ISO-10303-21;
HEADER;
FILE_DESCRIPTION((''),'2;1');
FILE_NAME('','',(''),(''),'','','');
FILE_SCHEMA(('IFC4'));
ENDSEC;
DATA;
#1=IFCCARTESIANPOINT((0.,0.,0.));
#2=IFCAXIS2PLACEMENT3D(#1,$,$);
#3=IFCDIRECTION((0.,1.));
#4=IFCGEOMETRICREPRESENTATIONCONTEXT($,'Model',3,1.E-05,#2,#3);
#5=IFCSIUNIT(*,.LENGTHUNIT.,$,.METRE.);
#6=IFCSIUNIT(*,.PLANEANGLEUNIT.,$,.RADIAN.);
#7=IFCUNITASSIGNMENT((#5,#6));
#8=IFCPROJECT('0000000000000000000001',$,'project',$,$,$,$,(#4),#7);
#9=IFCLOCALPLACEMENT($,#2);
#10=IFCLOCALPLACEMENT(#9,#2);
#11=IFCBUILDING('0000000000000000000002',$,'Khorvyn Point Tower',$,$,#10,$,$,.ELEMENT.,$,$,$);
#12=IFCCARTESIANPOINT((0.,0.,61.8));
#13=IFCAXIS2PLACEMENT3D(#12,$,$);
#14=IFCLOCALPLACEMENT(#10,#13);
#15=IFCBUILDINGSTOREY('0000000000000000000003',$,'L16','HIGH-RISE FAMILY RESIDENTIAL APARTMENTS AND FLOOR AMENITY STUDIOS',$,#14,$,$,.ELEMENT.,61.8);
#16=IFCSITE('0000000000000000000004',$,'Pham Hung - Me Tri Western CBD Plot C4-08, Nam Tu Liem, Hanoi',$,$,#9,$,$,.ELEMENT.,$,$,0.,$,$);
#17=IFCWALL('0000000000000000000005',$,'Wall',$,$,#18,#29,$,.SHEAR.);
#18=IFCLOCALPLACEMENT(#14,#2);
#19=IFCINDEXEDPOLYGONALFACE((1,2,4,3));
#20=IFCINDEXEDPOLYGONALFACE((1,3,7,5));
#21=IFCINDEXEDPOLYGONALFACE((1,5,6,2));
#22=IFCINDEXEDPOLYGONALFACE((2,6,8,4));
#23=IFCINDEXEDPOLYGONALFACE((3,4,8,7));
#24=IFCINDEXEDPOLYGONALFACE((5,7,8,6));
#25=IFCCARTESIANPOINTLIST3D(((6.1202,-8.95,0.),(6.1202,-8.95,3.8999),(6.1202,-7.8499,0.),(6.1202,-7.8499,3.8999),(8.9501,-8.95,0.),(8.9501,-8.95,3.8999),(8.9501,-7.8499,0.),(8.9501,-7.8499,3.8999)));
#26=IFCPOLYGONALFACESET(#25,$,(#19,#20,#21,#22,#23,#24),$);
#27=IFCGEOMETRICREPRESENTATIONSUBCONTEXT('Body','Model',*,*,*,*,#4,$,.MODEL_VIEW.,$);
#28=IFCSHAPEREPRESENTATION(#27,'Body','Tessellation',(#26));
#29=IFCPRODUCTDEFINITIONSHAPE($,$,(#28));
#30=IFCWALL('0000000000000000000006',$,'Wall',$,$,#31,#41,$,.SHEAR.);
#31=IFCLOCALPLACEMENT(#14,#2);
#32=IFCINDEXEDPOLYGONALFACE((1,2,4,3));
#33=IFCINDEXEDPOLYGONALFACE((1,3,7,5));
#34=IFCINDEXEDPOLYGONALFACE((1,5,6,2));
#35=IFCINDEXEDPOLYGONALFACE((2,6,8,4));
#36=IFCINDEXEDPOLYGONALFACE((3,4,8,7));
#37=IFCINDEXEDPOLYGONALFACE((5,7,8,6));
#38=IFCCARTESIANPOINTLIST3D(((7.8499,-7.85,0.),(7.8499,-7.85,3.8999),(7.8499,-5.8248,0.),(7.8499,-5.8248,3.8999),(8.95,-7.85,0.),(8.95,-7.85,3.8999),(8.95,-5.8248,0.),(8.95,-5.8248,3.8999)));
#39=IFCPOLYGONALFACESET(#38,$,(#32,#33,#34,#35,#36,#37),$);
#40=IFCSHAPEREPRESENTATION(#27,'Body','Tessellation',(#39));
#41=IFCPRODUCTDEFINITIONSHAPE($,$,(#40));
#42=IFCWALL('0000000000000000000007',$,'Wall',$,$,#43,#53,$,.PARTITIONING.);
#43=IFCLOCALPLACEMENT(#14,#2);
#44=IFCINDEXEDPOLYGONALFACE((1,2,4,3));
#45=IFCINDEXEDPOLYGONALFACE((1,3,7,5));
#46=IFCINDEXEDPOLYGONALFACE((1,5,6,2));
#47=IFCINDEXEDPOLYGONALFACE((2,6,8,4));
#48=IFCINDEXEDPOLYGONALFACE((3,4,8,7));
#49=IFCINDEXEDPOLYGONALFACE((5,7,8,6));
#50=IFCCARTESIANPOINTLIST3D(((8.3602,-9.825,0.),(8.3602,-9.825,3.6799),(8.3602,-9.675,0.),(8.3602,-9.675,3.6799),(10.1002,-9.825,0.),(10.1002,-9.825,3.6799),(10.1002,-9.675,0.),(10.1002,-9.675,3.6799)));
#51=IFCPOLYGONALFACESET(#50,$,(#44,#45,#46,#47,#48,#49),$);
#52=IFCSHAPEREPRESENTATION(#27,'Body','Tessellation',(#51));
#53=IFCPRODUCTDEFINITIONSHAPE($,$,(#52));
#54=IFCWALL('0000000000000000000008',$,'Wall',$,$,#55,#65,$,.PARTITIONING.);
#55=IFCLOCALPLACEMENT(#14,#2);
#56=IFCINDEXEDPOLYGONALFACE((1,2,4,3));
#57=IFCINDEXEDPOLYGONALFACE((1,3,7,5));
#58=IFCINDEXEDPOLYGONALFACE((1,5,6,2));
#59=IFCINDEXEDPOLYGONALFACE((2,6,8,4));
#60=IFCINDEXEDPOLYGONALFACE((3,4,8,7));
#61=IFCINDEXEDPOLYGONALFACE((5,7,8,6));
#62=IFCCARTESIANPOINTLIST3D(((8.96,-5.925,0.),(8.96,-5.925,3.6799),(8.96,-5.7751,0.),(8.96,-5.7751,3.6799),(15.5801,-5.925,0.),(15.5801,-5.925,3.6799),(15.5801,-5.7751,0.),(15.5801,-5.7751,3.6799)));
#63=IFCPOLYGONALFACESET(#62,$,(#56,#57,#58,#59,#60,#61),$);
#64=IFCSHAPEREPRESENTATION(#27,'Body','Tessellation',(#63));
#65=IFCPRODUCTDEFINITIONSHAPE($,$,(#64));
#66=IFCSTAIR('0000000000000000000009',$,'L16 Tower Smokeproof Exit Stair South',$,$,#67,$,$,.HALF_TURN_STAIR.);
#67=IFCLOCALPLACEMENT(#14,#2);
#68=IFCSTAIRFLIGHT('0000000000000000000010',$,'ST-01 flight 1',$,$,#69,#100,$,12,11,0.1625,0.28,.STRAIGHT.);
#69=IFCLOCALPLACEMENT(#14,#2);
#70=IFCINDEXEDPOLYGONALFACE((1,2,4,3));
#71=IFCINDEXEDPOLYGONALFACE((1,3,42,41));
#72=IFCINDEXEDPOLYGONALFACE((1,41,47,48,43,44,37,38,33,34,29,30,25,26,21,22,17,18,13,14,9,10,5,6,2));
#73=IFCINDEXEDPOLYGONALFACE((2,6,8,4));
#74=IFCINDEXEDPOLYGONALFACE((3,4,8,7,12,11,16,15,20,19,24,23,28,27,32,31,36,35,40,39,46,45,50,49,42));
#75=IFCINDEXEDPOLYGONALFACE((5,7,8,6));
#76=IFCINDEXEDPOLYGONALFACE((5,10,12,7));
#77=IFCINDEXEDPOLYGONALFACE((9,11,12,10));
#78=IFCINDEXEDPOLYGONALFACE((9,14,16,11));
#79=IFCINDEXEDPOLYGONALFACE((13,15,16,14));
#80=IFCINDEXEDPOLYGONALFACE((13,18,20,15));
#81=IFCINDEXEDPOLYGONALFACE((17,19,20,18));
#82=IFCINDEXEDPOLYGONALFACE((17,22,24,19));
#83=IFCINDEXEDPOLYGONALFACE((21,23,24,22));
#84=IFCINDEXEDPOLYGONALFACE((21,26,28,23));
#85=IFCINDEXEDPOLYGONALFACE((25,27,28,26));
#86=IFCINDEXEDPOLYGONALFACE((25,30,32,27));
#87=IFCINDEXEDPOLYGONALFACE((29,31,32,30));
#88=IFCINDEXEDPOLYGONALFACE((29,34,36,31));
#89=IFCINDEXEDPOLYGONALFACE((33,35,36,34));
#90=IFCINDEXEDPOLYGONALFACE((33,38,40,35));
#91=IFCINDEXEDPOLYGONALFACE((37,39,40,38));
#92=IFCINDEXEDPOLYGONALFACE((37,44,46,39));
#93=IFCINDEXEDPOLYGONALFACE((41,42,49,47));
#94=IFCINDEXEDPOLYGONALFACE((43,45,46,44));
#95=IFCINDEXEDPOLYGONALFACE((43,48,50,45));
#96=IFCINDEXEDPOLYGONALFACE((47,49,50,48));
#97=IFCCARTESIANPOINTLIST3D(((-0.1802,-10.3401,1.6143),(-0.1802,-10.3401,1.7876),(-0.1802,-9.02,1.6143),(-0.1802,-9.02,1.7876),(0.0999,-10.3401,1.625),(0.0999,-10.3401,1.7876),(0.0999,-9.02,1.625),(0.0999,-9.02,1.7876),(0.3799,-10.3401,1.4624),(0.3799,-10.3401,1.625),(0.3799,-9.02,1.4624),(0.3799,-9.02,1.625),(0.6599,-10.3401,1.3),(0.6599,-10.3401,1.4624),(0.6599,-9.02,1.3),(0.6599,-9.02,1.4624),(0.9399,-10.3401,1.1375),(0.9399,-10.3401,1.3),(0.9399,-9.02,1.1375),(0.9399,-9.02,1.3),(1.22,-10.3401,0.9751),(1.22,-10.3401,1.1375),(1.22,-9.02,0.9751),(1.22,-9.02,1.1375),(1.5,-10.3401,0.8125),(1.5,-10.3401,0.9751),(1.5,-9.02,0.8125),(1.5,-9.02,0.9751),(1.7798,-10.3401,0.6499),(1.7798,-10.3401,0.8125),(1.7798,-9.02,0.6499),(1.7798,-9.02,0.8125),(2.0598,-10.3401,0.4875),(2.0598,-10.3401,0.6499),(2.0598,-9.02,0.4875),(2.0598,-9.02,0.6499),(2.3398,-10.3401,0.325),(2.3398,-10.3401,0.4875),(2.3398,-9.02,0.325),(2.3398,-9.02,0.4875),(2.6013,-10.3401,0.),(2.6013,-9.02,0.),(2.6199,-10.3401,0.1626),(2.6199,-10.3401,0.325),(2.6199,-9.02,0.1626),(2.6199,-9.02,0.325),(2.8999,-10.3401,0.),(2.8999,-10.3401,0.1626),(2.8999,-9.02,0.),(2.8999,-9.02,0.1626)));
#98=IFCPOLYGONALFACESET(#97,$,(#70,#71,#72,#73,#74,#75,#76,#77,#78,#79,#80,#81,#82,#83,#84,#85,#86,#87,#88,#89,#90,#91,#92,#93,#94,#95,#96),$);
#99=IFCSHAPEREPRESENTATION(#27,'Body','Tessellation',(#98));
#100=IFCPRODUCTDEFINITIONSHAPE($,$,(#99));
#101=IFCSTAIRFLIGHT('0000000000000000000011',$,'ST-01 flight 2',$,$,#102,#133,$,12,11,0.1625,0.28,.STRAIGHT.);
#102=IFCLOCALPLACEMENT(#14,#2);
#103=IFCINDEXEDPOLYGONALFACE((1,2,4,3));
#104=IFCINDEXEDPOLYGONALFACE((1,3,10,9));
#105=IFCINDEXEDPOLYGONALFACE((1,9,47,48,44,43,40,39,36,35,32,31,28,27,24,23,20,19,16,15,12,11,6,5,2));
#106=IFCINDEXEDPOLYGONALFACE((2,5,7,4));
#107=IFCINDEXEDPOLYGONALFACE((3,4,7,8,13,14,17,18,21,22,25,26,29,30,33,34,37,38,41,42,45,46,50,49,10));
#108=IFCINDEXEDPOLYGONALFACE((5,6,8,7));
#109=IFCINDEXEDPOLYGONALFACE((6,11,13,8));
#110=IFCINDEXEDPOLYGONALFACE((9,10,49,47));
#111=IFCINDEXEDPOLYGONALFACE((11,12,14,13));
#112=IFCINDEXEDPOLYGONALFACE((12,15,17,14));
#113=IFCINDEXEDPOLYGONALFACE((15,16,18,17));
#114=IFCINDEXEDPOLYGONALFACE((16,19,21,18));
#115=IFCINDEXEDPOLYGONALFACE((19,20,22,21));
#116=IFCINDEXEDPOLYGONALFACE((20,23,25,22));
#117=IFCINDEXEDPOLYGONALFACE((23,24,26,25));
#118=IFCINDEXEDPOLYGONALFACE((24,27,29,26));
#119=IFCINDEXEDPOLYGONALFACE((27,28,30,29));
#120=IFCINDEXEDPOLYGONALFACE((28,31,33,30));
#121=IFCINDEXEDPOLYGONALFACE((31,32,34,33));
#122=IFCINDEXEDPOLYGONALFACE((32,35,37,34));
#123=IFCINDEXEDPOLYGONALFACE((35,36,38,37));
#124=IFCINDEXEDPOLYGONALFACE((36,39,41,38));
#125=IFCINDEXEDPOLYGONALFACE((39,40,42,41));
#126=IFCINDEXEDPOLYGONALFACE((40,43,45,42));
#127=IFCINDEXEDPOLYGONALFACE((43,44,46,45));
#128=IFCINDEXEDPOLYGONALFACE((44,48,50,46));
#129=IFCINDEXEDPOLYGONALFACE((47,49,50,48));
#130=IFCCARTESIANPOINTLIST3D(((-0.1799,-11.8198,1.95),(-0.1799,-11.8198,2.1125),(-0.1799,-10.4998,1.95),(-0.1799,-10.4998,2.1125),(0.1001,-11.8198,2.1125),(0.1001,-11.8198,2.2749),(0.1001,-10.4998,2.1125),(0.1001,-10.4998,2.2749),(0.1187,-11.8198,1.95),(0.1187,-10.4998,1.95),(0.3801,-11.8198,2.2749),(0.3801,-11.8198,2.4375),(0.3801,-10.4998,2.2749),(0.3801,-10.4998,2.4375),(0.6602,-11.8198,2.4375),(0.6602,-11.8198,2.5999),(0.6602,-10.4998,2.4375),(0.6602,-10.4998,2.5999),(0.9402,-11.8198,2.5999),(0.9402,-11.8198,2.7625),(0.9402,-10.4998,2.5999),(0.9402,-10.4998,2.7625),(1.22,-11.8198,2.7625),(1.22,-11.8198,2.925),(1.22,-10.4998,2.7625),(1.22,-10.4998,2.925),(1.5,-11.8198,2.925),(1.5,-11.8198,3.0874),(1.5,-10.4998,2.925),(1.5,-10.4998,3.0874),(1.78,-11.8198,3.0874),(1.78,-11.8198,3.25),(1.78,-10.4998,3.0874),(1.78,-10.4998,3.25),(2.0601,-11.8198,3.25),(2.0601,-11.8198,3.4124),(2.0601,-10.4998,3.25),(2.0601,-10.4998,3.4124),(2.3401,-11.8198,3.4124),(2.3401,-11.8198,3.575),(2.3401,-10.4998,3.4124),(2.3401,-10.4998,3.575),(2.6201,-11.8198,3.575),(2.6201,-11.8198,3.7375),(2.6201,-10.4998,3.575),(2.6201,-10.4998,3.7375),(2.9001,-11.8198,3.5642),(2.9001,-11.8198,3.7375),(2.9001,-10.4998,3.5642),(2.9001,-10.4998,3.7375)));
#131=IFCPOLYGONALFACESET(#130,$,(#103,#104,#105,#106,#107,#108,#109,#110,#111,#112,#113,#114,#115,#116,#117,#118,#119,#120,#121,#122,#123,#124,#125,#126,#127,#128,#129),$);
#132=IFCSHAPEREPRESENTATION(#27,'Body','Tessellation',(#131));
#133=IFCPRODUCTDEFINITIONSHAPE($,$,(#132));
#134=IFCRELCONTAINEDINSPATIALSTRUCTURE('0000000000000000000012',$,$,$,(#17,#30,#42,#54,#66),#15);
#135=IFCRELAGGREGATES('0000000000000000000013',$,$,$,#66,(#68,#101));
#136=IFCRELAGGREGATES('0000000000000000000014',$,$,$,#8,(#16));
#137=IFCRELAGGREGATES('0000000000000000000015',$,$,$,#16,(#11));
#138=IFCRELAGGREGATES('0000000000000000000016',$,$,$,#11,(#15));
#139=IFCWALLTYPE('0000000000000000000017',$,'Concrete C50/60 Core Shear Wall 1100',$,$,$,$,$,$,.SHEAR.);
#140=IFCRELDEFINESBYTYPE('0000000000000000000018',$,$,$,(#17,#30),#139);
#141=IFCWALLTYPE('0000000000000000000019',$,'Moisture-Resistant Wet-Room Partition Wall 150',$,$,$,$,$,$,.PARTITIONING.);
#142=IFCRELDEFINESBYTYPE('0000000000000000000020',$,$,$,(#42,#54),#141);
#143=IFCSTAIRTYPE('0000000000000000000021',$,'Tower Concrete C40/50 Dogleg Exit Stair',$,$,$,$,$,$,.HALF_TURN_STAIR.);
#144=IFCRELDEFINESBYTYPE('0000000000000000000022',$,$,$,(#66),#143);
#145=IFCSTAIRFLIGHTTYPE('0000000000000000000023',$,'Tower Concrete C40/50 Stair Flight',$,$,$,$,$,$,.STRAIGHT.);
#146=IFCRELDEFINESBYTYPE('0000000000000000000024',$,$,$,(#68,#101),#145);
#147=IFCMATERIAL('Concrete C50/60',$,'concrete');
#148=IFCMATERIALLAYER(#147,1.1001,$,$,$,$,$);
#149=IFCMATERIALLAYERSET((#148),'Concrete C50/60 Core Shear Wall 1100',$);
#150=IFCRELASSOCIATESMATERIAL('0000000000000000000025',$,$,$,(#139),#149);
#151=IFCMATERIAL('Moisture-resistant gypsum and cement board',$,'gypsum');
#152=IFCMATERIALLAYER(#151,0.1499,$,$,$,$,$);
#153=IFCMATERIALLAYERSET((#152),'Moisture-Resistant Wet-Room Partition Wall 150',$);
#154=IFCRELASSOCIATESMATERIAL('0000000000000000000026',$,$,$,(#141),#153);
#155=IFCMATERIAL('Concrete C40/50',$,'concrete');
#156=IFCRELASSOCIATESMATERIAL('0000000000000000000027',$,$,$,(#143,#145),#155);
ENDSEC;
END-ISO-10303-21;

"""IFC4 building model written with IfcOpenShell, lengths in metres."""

from ifc_helpers import new_model, si_unit, direction, frame, frame_2d, origin, place, context, subcontext, project, spatial, polyline, rectangle, outline, extrude, material, layer, layer_set, type_object, element, aggregate, save


model = new_model("IFC4")

# Units and contexts
model_context = context("Model", 3, precision=1e-05, world=origin(), true_north=direction((0.0, 1.0)))
body_context = subcontext(model_context, "Body", "Model", "MODEL_VIEW")
ifc_project = project(units=[si_unit("LENGTHUNIT", "METRE"), si_unit("PLANEANGLEUNIT", "RADIAN")], contexts=[model_context])

# Site, building, storey
site_placement = place(None, origin())
site = spatial("IfcSite", under=ifc_project, at=site_placement, Name="Pham Hung - Me Tri Western CBD Plot C4-08, Nam Tu Liem, Hanoi", CompositionType="ELEMENT", RefElevation=0.0)
building_placement = place(site_placement, origin())
building = spatial("IfcBuilding", under=site, at=building_placement, Name="Khorvyn Point Tower", CompositionType="ELEMENT")
storey_placement = place(building_placement, frame((0.0, 0.0, 61.8)))
storey = spatial("IfcBuildingStorey", under=building, at=storey_placement, Name="L16", Description="HIGH-RISE FAMILY RESIDENTIAL APARTMENTS AND FLOOR AMENITY STUDIOS", CompositionType="ELEMENT", Elevation=61.8)

# Shared definitions
ifc_material_1 = material(Name="Concrete C50/60", Category="concrete")

# Shared definitions
ifc_material_2 = material(Name="Concrete C40/50", Category="concrete")

# Walls
ifc_layer_1 = layer(ifc_material_1, 1.1001)
ifc_layer_set_1 = layer_set([ifc_layer_1], Name="Concrete C50/60 Core Shear Wall 1100")
wall_type_1 = type_object("IfcWallType", Name="Concrete C50/60 Core Shear Wall 1100", PredefinedType="SHEAR", material=ifc_layer_set_1)
wall_1_placement = place(storey_placement, frame((6.1201, -8.3999, 0.0), z_axis=(0.0, 0.0, 1.0), x_axis=(1.0, 0.0, 0.0)))
element("IfcWall", 1, at=wall_1_placement, inside=storey, type_object=wall_type_1, Name="Wall", PredefinedType="SHEAR", context=body_context, shape_type="SweptSolid", body=[
    extrude(rectangle(XDim=2.8298, YDim=1.1001, at=frame_2d((1.415, 0.0))), origin(), (0.0, 0.0, 1.0), 3.8999),
])
wall_2_placement = place(storey_placement, frame((8.3999, -7.8501, 0.0), z_axis=(0.0, 0.0, 1.0), x_axis=(0.0, 1.0, 0.0)))
element("IfcWall", 2, at=wall_2_placement, inside=storey, type_object=wall_type_1, Name="Wall", PredefinedType="SHEAR", context=body_context, shape_type="SweptSolid", body=[
    extrude(rectangle(XDim=2.0251, YDim=1.1001, at=frame_2d((1.0127, 0.0))), origin(), (0.0, 0.0, 1.0), 3.8999),
])
ifc_material_3 = material(Name="Moisture-resistant gypsum and cement board", Category="gypsum")
ifc_layer_2 = layer(ifc_material_3, 0.1499)
ifc_layer_set_2 = layer_set([ifc_layer_2], Name="Moisture-Resistant Wet-Room Partition Wall 150")
wall_type_2 = type_object("IfcWallType", Name="Moisture-Resistant Wet-Room Partition Wall 150", PredefinedType="PARTITIONING", material=ifc_layer_set_2)
wall_3_placement = place(storey_placement, frame((8.3601, -9.75, 0.0), z_axis=(0.0, 0.0, 1.0), x_axis=(1.0, 0.0, 0.0)))
element("IfcWall", 3, at=wall_3_placement, inside=storey, type_object=wall_type_2, Name="Wall", PredefinedType="PARTITIONING", context=body_context, shape_type="SweptSolid", body=[
    extrude(rectangle(XDim=1.74, YDim=0.1499, at=frame_2d((0.8701, 0.0))), origin(), (0.0, 0.0, 1.0), 3.6799),
])
wall_4_placement = place(storey_placement, frame((8.96, -5.8501, 0.0), z_axis=(0.0, 0.0, 1.0), x_axis=(1.0, 0.0, 0.0)))
element("IfcWall", 4, at=wall_4_placement, inside=storey, type_object=wall_type_2, Name="Wall", PredefinedType="PARTITIONING", context=body_context, shape_type="SweptSolid", body=[
    extrude(rectangle(XDim=6.6201, YDim=0.1499, at=frame_2d((3.3101, 0.0))), origin(), (0.0, 0.0, 1.0), 3.6799),
])

# Stair, stair flights
stair_type = type_object("IfcStairType", Name="Tower Concrete C40/50 Dogleg Exit Stair", PredefinedType="HALF_TURN_STAIR", material=ifc_material_2)
stair_placement = place(storey_placement, origin())
stair = element("IfcStair", 5, at=stair_placement, inside=storey, type_object=stair_type, Name="L16 Tower Smokeproof Exit Stair South", PredefinedType="HALF_TURN_STAIR")
stair_flight_type = type_object("IfcStairFlightType", Name="Tower Concrete C40/50 Stair Flight", PredefinedType="STRAIGHT", material=ifc_material_2)
stair_flight_1_placement = place(storey_placement, frame((2.8999, -9.6799, 0.0), z_axis=(0.0, 0.0, 1.0), x_axis=(-1.0, 0.0, 0.0)))
stair_flight_1 = element("IfcStairFlight", 6, at=stair_flight_1_placement, type_object=stair_flight_type, Name="ST-01 flight 1", NumberOfRisers=12, NumberOfTreads=11, PredefinedType="STRAIGHT", RiserHeight=0.1625, TreadLength=0.28, context=body_context, shape_type="SweptSolid", body=[
    extrude(outline(polyline([(0.0, 0.0), (0.0, 0.1626), (0.28, 0.1626), (0.28, 0.325), (0.5601, 0.325), (0.5601, 0.4875), (0.8401, 0.4875), (0.8401, 0.6499), (1.1201, 0.6499), (1.1201, 0.8125), (1.3999, 0.8125), (1.3999, 0.9751), (1.6799, 0.9751), (1.6799, 1.1375), (1.96, 1.1375), (1.96, 1.3), (2.24, 1.3), (2.24, 1.4624), (2.52, 1.4624), (2.52, 1.625), (2.8, 1.625), (2.8, 1.7876), (3.0801, 1.7876), (3.0801, 1.95), (3.0801, 1.6143), (0.2986, 0.0), (0.0, 0.0)])), frame((0.0, 0.6602, 0.0), z_axis=(0.0, -1.0, 0.0), x_axis=(1.0, 0.0, 0.0)), (0.0, 0.0, 1.0), 1.3201),
])
stair_flight_2_placement = place(storey_placement, frame((-0.1799, -11.1599, 1.95), z_axis=(0.0, 0.0, 1.0), x_axis=(1.0, 0.0, 0.0)))
stair_flight_2 = element("IfcStairFlight", 7, at=stair_flight_2_placement, type_object=stair_flight_type, Name="ST-01 flight 2", NumberOfRisers=12, NumberOfTreads=11, PredefinedType="STRAIGHT", RiserHeight=0.1625, TreadLength=0.28, context=body_context, shape_type="SweptSolid", body=[
    extrude(outline(polyline([(0.0, 0.0), (0.0, 0.1626), (0.28, 0.1626), (0.28, 0.325), (0.5601, 0.325), (0.5601, 0.4875), (0.8401, 0.4875), (0.8401, 0.6499), (1.1201, 0.6499), (1.1201, 0.8125), (1.3999, 0.8125), (1.3999, 0.9751), (1.6799, 0.9751), (1.6799, 1.1375), (1.96, 1.1375), (1.96, 1.3), (2.24, 1.3), (2.24, 1.4624), (2.52, 1.4624), (2.52, 1.625), (2.8, 1.625), (2.8, 1.7876), (3.0801, 1.7876), (3.0801, 1.95), (3.0801, 1.6143), (0.2986, 0.0), (0.0, 0.0)])), frame((0.0, 0.6602, 0.0), z_axis=(0.0, -1.0, 0.0), x_axis=(1.0, 0.0, 0.0)), (0.0, 0.0, 1.0), 1.3201),
])
aggregate(stair, [stair_flight_1, stair_flight_2])

save(model, "model.ifc")
